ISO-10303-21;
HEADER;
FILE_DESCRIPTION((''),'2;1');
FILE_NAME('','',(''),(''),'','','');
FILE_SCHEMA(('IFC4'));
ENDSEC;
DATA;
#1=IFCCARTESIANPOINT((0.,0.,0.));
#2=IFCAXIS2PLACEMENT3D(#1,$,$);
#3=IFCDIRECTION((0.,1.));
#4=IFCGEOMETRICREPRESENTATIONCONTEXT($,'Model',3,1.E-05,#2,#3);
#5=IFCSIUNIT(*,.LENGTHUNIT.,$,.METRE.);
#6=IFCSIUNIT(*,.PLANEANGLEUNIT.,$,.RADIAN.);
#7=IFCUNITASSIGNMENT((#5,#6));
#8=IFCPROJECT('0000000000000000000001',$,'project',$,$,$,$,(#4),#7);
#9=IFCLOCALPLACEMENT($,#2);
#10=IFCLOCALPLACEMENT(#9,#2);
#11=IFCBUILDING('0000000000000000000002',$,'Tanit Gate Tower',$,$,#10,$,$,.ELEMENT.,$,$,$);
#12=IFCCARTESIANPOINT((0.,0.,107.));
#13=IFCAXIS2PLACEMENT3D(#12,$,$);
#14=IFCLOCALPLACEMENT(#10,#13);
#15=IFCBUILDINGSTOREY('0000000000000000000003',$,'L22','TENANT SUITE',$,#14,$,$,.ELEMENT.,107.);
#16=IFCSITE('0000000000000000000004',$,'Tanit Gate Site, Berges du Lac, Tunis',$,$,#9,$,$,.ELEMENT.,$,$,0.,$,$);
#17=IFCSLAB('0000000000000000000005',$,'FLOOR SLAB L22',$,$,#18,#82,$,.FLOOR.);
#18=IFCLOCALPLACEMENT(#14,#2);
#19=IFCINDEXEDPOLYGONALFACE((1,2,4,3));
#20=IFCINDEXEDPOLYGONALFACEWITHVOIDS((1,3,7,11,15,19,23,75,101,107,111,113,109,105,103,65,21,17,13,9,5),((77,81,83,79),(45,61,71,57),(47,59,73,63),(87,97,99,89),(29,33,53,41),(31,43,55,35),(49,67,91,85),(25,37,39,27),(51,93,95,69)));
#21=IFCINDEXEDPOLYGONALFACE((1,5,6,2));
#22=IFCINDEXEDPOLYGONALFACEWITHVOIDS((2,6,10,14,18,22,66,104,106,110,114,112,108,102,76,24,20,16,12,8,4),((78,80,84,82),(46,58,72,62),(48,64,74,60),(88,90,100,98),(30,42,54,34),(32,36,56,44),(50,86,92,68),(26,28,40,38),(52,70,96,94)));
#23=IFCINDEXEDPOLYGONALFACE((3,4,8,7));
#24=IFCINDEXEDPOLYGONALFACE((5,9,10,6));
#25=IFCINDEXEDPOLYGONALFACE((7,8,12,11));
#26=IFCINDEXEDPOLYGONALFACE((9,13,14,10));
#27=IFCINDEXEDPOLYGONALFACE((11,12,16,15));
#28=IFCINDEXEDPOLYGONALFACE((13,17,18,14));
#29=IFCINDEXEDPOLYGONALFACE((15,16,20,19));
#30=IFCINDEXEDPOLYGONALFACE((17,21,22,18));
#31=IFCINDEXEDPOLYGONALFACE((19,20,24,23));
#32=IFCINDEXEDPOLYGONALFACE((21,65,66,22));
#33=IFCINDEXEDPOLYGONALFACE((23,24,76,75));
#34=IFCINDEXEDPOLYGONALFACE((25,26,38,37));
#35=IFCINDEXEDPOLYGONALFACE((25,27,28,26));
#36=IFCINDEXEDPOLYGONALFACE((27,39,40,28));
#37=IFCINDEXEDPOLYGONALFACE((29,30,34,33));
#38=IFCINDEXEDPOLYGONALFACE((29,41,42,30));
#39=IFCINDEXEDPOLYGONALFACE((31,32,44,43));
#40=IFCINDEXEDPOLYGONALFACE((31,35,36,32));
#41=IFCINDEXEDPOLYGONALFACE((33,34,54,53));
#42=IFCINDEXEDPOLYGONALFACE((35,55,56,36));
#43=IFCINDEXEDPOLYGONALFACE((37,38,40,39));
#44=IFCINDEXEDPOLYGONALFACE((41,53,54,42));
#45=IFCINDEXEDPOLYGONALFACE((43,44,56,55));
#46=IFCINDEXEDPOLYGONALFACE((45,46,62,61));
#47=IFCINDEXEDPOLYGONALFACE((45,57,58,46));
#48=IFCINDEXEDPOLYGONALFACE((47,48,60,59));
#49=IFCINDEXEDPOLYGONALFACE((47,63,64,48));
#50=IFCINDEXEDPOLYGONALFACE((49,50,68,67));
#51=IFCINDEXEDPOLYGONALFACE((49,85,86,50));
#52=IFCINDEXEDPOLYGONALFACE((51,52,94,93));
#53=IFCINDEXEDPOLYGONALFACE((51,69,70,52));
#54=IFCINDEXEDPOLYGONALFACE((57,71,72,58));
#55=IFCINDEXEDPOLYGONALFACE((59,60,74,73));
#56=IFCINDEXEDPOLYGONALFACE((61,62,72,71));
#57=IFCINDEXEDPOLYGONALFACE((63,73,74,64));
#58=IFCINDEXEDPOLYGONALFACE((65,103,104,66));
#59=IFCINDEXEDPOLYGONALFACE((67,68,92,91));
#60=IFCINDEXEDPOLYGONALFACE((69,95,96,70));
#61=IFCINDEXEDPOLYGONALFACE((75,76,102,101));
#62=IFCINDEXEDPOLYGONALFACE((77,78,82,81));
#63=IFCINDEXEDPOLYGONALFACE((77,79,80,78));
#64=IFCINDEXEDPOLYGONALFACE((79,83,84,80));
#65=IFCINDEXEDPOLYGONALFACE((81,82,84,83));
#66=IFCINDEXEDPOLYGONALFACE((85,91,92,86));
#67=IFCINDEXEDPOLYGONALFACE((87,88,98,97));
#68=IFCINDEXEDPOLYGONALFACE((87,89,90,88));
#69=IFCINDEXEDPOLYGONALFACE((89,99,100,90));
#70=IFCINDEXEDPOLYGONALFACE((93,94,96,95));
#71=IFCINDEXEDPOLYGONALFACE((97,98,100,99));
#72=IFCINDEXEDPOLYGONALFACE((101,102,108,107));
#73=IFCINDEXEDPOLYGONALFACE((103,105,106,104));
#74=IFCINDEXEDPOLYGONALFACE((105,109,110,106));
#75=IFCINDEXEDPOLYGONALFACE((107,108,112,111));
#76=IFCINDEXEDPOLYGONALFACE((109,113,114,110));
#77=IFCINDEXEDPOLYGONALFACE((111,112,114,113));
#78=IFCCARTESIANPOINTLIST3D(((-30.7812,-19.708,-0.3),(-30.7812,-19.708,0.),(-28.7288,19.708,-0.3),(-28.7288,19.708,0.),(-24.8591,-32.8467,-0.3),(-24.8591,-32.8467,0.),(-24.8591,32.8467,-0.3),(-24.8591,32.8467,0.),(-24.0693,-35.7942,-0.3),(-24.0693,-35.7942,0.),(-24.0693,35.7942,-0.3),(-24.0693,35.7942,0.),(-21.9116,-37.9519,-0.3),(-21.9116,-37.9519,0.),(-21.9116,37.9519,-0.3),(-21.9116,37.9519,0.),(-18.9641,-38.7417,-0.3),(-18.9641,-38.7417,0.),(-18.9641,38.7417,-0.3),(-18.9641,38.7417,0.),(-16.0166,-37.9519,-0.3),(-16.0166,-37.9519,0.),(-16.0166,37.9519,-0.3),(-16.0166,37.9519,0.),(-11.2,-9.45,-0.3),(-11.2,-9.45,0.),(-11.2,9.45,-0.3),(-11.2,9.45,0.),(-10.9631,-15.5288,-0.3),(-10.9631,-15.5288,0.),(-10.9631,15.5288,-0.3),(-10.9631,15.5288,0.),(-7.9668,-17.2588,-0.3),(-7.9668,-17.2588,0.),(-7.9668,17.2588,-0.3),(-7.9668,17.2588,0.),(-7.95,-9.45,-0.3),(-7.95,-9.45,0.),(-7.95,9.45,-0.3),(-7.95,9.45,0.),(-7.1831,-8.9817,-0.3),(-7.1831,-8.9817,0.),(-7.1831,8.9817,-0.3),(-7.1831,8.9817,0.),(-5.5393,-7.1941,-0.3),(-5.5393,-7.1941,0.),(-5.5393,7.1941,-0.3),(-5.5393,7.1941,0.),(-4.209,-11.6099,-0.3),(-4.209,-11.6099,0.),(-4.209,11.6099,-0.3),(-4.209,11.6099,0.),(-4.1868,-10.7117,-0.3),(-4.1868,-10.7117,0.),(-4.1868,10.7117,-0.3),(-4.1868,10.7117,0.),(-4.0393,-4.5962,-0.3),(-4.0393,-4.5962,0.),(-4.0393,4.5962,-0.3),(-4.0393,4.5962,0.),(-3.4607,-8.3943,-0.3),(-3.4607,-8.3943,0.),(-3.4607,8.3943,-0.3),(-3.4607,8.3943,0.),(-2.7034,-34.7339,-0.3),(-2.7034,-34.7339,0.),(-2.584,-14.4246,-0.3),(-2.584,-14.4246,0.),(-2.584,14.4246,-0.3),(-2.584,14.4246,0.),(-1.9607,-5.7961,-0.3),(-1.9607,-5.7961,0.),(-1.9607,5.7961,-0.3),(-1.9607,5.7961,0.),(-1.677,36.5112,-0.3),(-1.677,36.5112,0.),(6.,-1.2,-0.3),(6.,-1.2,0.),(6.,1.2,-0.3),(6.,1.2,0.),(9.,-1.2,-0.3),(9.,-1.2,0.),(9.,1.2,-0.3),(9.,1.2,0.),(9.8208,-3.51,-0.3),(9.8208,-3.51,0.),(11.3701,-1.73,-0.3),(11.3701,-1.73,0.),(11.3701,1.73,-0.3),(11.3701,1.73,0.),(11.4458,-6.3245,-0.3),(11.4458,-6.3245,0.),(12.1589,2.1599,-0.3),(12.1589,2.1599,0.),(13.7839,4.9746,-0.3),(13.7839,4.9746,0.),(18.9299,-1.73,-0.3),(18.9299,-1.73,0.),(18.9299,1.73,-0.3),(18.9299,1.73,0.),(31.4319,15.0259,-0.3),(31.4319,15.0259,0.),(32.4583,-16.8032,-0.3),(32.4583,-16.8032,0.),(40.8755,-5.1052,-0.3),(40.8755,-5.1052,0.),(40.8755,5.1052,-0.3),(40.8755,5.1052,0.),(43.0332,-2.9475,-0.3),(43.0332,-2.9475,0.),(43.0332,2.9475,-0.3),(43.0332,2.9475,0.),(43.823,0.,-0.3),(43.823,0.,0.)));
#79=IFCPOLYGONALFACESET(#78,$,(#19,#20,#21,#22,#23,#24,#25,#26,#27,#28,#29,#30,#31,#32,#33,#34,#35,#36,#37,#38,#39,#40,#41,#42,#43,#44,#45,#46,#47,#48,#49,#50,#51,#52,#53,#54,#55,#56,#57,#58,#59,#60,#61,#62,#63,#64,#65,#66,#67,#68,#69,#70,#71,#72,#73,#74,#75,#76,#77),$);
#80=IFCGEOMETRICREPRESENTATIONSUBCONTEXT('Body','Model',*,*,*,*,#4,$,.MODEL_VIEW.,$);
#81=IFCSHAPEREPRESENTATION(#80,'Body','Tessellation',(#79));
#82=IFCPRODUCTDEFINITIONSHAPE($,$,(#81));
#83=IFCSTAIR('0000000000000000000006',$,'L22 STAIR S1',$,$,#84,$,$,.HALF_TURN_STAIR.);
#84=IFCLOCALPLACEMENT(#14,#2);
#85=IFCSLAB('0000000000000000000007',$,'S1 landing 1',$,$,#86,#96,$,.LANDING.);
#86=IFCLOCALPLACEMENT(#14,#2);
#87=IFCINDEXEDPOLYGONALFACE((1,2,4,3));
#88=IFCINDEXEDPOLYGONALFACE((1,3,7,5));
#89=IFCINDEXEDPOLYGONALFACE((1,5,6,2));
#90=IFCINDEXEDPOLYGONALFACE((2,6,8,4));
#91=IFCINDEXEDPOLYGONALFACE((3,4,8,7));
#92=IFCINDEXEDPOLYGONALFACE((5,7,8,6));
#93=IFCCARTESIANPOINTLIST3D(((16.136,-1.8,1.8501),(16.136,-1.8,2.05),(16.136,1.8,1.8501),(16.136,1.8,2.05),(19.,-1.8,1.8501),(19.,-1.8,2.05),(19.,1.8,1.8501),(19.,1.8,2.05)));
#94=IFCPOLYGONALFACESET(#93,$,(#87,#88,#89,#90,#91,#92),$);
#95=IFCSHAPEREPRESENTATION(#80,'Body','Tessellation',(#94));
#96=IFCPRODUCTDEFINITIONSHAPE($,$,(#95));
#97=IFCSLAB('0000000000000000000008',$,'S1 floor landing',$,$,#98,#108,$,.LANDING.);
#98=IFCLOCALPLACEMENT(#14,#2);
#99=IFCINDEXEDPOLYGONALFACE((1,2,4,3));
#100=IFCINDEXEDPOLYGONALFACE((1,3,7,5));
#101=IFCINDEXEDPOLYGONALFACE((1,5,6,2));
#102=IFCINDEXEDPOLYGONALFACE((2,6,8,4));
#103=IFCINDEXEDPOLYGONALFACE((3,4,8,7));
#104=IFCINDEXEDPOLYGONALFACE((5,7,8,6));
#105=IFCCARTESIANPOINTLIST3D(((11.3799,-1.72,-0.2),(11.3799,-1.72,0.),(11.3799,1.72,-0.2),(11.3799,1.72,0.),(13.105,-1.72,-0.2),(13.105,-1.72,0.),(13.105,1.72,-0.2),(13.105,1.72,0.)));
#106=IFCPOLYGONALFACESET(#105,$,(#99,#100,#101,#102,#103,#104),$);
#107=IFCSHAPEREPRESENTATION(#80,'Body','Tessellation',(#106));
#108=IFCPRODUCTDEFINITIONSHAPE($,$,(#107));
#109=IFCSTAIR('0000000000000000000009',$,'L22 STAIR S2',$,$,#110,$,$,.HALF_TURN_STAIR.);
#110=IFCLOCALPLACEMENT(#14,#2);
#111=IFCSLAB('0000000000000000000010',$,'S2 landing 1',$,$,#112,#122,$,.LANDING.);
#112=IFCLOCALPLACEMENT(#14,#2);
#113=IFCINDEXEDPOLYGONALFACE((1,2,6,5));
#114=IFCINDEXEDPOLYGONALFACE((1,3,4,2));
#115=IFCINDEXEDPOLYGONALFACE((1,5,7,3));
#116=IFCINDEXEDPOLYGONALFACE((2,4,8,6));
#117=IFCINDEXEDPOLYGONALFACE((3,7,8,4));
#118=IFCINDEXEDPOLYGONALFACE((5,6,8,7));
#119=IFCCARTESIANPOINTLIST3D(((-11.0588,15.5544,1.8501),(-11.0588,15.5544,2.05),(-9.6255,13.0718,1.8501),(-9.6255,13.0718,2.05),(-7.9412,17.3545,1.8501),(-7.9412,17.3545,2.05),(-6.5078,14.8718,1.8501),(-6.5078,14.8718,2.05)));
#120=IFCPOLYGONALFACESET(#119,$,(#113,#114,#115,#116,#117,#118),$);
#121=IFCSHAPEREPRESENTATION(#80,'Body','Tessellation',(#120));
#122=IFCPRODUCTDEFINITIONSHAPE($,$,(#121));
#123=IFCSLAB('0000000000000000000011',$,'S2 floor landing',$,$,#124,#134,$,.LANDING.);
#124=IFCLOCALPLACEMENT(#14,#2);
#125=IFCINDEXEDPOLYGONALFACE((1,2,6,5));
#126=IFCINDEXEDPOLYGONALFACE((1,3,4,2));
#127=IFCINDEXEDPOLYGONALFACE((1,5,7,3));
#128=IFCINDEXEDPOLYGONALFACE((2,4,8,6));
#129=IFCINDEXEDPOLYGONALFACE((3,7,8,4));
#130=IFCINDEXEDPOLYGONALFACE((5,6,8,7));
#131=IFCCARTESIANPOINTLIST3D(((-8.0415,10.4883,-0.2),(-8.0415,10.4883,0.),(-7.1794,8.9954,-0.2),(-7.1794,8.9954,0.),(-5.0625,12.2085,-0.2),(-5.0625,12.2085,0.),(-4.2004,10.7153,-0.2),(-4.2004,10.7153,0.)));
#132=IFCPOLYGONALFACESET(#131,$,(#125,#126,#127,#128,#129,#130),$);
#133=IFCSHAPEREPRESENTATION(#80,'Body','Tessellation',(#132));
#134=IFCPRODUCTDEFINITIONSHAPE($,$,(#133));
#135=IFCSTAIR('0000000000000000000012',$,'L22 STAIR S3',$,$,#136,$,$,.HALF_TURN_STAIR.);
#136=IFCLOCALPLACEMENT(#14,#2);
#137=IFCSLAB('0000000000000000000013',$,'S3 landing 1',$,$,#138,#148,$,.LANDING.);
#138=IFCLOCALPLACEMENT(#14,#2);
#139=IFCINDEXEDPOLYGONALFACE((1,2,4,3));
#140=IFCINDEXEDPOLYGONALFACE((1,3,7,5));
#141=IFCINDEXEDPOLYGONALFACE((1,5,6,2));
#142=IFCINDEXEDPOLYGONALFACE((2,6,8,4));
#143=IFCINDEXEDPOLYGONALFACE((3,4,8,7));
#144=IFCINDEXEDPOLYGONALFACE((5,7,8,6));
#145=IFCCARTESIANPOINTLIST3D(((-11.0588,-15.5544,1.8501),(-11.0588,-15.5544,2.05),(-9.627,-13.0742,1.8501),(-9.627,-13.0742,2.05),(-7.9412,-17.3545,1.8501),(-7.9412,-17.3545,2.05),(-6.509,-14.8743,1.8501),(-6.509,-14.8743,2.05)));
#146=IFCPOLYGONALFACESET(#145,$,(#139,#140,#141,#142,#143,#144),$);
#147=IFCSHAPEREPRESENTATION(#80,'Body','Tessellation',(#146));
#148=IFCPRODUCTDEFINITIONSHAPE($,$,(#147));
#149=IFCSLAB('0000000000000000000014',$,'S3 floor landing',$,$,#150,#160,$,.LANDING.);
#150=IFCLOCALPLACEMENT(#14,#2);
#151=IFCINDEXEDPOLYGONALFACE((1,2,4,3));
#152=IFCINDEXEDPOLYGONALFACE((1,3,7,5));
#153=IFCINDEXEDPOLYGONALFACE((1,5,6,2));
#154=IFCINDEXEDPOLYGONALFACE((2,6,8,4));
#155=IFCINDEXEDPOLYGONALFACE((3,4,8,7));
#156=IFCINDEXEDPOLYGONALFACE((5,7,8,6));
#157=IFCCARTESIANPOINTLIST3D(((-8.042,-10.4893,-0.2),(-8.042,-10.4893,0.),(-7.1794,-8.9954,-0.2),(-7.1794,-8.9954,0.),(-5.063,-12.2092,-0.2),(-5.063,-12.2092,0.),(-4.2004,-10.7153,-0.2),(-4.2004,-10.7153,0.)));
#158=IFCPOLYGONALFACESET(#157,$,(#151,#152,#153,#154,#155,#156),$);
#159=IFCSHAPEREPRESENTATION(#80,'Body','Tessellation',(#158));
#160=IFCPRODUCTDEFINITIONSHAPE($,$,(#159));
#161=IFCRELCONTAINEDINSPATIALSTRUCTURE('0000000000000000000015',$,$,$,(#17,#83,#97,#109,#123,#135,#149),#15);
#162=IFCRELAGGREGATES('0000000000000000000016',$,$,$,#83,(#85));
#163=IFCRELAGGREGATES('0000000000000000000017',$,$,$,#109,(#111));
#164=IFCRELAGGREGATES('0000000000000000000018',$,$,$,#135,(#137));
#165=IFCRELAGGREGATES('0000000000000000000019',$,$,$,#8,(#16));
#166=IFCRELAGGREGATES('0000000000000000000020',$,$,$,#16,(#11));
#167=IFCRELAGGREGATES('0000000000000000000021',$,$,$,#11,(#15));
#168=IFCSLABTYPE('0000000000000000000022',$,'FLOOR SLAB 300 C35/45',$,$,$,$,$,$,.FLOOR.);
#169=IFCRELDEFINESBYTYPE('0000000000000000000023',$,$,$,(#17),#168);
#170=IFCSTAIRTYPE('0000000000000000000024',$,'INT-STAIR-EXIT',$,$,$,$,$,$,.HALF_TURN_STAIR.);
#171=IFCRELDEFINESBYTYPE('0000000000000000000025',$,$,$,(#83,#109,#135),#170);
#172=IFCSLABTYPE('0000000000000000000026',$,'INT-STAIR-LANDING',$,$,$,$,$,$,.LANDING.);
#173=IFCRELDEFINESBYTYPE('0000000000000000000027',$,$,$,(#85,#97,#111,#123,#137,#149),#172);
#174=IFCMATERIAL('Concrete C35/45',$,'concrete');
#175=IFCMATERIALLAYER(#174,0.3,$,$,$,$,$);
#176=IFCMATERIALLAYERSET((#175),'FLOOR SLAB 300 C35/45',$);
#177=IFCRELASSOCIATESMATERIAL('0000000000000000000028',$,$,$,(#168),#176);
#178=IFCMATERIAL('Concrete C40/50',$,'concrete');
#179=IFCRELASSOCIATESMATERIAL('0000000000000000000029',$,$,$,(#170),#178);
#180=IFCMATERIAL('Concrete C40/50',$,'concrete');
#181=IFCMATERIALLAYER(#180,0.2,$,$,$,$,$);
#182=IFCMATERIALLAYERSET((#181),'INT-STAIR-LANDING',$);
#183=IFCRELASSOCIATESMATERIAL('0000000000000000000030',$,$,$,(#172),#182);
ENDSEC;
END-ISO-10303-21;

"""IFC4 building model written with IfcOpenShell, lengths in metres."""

from ifc_helpers import new_model, si_unit, direction, frame, origin, place, context, subcontext, project, spatial, polyline, outline, extrude, material, layer, layer_set, type_object, element, aggregate, save


model = new_model("IFC4")

# Units and contexts
model_context = context("Model", 3, precision=1e-05, world=origin(), true_north=direction((0.0, 1.0)))
body_context = subcontext(model_context, "Body", "Model", "MODEL_VIEW")
ifc_project = project(units=[si_unit("LENGTHUNIT", "METRE"), si_unit("PLANEANGLEUNIT", "RADIAN")], contexts=[model_context])

# Site, building, storey
site_placement = place(None, origin())
site = spatial("IfcSite", under=ifc_project, at=site_placement, Name="Tanit Gate Site, Berges du Lac, Tunis", CompositionType="ELEMENT", RefElevation=0.0)
building_placement = place(site_placement, origin())
building = spatial("IfcBuilding", under=site, at=building_placement, Name="Tanit Gate Tower", CompositionType="ELEMENT")
storey_placement = place(building_placement, frame((0.0, 0.0, 107.0)))
storey = spatial("IfcBuildingStorey", under=building, at=storey_placement, Name="L22", Description="TENANT SUITE", CompositionType="ELEMENT", Elevation=107.0)

# Slab
ifc_material_1 = material(Name="Concrete C35/45", Category="concrete")
ifc_layer_1 = layer(ifc_material_1, 0.3)
ifc_layer_set_1 = layer_set([ifc_layer_1], Name="FLOOR SLAB 300 C35/45")
slab_type_1 = type_object("IfcSlabType", Name="FLOOR SLAB 300 C35/45", PredefinedType="FLOOR", material=ifc_layer_set_1)
slab_1_placement = place(storey_placement, frame((0.0, 0.0, -0.3)))
element("IfcSlab", 1, at=slab_1_placement, inside=storey, type_object=slab_type_1, Name="FLOOR SLAB L22", PredefinedType="FLOOR", context=body_context, shape_type="SweptSolid", body=[
    extrude(outline(polyline([(40.8755, 5.1052), (43.0332, 2.9475), (43.823, 0.0), (43.0332, -2.9475), (40.8755, -5.1052), (32.4583, -16.8032), (-2.7034, -34.7339), (-16.0166, -37.9519), (-18.9641, -38.7417), (-21.9116, -37.9519), (-24.0693, -35.7942), (-24.8591, -32.8467), (-30.7812, -19.708), (-28.7288, 19.708), (-24.8591, 32.8467), (-24.0693, 35.7942), (-21.9116, 37.9519), (-18.9641, 38.7417), (-16.0166, 37.9519), (-1.677, 36.5112), (31.4319, 15.0259), (40.8755, 5.1052)]), holes=[polyline([(11.3701, 1.73), (18.9299, 1.73), (18.9299, -1.73), (11.3701, -1.73), (11.3701, 1.73)]), polyline([(-4.209, 11.6099), (-2.584, 14.4246), (13.7839, 4.9746), (12.1589, 2.1599), (-4.209, 11.6099)]), polyline([(-4.209, -11.6099), (9.8208, -3.51), (11.4458, -6.3245), (-2.584, -14.4246), (-4.209, -11.6099)]), polyline([(9.0, 1.2), (9.0, -1.2), (6.0, -1.2), (6.0, 1.2), (9.0, 1.2)]), polyline([(-5.5393, 7.1941), (-3.4607, 8.3943), (-1.9607, 5.7961), (-4.0393, 4.5962), (-5.5393, 7.1941)]), polyline([(-1.9607, -5.7961), (-3.4607, -8.3943), (-5.5393, -7.1941), (-4.0393, -4.5962), (-1.9607, -5.7961)]), polyline([(-10.9631, 15.5288), (-7.9668, 17.2588), (-4.1868, 10.7117), (-7.1831, 8.9817), (-10.9631, 15.5288)]), polyline([(-4.1868, -10.7117), (-7.9668, -17.2588), (-10.9631, -15.5288), (-7.1831, -8.9817), (-4.1868, -10.7117)]), polyline([(-11.2, -9.45), (-11.2, 9.45), (-7.95, 9.45), (-7.95, -9.45), (-11.2, -9.45)])]), origin(), (0.0, 0.0, 1.0), 0.3),
])

# Stair, slab
ifc_material_2 = material(Name="Concrete C40/50", Category="concrete")
stair_type = type_object("IfcStairType", Name="INT-STAIR-EXIT", PredefinedType="HALF_TURN_STAIR", material=ifc_material_2)
stair_1_placement = place(storey_placement, origin())
stair_1 = element("IfcStair", 2, at=stair_1_placement, inside=storey, type_object=stair_type, Name="L22 STAIR S1", PredefinedType="HALF_TURN_STAIR")
ifc_material_3 = material(Name="Concrete C40/50", Category="concrete")
ifc_layer_2 = layer(ifc_material_3, 0.2)
ifc_layer_set_2 = layer_set([ifc_layer_2], Name="INT-STAIR-LANDING")
slab_type_2 = type_object("IfcSlabType", Name="INT-STAIR-LANDING", PredefinedType="LANDING", material=ifc_layer_set_2)
slab_2_placement = place(storey_placement, frame((0.0, 0.0, 1.8501)))
slab_2 = element("IfcSlab", 3, at=slab_2_placement, type_object=slab_type_2, Name="S1 landing 1", PredefinedType="LANDING", context=body_context, shape_type="SweptSolid", body=[
    extrude(outline(polyline([(16.136, -1.8), (19.0, -1.8), (19.0, 1.8), (16.136, 1.8), (16.136, -1.8)])), origin(), (0.0, 0.0, 1.0), 0.2),
])
aggregate(stair_1, [slab_2])

# Slab
slab_3_placement = place(storey_placement, frame((0.0, 0.0, -0.2)))
element("IfcSlab", 4, at=slab_3_placement, inside=storey, type_object=slab_type_2, Name="S1 floor landing", PredefinedType="LANDING", context=body_context, shape_type="SweptSolid", body=[
    extrude(outline(polyline([(11.3799, -1.72), (13.105, -1.72), (13.105, 1.72), (11.3799, 1.72), (11.3799, -1.72)])), origin(), (0.0, 0.0, 1.0), 0.2),
])

# Stair, slab
stair_2_placement = place(storey_placement, origin())
stair_2 = element("IfcStair", 5, at=stair_2_placement, inside=storey, type_object=stair_type, Name="L22 STAIR S2", PredefinedType="HALF_TURN_STAIR")
slab_4_placement = place(storey_placement, frame((0.0, 0.0, 1.8501)))
slab_4 = element("IfcSlab", 6, at=slab_4_placement, type_object=slab_type_2, Name="S2 landing 1", PredefinedType="LANDING", context=body_context, shape_type="SweptSolid", body=[
    extrude(outline(polyline([(-6.5078, 14.8718), (-7.9412, 17.3545), (-11.0588, 15.5544), (-9.6255, 13.0718), (-6.5078, 14.8718)])), origin(), (0.0, 0.0, 1.0), 0.2),
])
aggregate(stair_2, [slab_4])

# Slab
slab_5_placement = place(storey_placement, frame((0.0, 0.0, -0.2)))
element("IfcSlab", 7, at=slab_5_placement, inside=storey, type_object=slab_type_2, Name="S2 floor landing", PredefinedType="LANDING", context=body_context, shape_type="SweptSolid", body=[
    extrude(outline(polyline([(-4.2004, 10.7153), (-5.0625, 12.2085), (-8.0415, 10.4883), (-7.1794, 8.9954), (-4.2004, 10.7153)])), origin(), (0.0, 0.0, 1.0), 0.2),
])

# Stair, slab
stair_3_placement = place(storey_placement, origin())
stair_3 = element("IfcStair", 8, at=stair_3_placement, inside=storey, type_object=stair_type, Name="L22 STAIR S3", PredefinedType="HALF_TURN_STAIR")
slab_6_placement = place(storey_placement, frame((0.0, 0.0, 1.8501)))
slab_6 = element("IfcSlab", 9, at=slab_6_placement, type_object=slab_type_2, Name="S3 landing 1", PredefinedType="LANDING", context=body_context, shape_type="SweptSolid", body=[
    extrude(outline(polyline([(-9.627, -13.0742), (-11.0588, -15.5544), (-7.9412, -17.3545), (-6.509, -14.8743), (-9.627, -13.0742)])), origin(), (0.0, 0.0, 1.0), 0.2),
])
aggregate(stair_3, [slab_6])

# Slab
slab_7_placement = place(storey_placement, frame((0.0, 0.0, -0.2)))
element("IfcSlab", 10, at=slab_7_placement, inside=storey, type_object=slab_type_2, Name="S3 floor landing", PredefinedType="LANDING", context=body_context, shape_type="SweptSolid", body=[
    extrude(outline(polyline([(-7.1794, -8.9954), (-8.042, -10.4893), (-5.063, -12.2092), (-4.2004, -10.7153), (-7.1794, -8.9954)])), origin(), (0.0, 0.0, 1.0), 0.2),
])

save(model, "model.ifc")
